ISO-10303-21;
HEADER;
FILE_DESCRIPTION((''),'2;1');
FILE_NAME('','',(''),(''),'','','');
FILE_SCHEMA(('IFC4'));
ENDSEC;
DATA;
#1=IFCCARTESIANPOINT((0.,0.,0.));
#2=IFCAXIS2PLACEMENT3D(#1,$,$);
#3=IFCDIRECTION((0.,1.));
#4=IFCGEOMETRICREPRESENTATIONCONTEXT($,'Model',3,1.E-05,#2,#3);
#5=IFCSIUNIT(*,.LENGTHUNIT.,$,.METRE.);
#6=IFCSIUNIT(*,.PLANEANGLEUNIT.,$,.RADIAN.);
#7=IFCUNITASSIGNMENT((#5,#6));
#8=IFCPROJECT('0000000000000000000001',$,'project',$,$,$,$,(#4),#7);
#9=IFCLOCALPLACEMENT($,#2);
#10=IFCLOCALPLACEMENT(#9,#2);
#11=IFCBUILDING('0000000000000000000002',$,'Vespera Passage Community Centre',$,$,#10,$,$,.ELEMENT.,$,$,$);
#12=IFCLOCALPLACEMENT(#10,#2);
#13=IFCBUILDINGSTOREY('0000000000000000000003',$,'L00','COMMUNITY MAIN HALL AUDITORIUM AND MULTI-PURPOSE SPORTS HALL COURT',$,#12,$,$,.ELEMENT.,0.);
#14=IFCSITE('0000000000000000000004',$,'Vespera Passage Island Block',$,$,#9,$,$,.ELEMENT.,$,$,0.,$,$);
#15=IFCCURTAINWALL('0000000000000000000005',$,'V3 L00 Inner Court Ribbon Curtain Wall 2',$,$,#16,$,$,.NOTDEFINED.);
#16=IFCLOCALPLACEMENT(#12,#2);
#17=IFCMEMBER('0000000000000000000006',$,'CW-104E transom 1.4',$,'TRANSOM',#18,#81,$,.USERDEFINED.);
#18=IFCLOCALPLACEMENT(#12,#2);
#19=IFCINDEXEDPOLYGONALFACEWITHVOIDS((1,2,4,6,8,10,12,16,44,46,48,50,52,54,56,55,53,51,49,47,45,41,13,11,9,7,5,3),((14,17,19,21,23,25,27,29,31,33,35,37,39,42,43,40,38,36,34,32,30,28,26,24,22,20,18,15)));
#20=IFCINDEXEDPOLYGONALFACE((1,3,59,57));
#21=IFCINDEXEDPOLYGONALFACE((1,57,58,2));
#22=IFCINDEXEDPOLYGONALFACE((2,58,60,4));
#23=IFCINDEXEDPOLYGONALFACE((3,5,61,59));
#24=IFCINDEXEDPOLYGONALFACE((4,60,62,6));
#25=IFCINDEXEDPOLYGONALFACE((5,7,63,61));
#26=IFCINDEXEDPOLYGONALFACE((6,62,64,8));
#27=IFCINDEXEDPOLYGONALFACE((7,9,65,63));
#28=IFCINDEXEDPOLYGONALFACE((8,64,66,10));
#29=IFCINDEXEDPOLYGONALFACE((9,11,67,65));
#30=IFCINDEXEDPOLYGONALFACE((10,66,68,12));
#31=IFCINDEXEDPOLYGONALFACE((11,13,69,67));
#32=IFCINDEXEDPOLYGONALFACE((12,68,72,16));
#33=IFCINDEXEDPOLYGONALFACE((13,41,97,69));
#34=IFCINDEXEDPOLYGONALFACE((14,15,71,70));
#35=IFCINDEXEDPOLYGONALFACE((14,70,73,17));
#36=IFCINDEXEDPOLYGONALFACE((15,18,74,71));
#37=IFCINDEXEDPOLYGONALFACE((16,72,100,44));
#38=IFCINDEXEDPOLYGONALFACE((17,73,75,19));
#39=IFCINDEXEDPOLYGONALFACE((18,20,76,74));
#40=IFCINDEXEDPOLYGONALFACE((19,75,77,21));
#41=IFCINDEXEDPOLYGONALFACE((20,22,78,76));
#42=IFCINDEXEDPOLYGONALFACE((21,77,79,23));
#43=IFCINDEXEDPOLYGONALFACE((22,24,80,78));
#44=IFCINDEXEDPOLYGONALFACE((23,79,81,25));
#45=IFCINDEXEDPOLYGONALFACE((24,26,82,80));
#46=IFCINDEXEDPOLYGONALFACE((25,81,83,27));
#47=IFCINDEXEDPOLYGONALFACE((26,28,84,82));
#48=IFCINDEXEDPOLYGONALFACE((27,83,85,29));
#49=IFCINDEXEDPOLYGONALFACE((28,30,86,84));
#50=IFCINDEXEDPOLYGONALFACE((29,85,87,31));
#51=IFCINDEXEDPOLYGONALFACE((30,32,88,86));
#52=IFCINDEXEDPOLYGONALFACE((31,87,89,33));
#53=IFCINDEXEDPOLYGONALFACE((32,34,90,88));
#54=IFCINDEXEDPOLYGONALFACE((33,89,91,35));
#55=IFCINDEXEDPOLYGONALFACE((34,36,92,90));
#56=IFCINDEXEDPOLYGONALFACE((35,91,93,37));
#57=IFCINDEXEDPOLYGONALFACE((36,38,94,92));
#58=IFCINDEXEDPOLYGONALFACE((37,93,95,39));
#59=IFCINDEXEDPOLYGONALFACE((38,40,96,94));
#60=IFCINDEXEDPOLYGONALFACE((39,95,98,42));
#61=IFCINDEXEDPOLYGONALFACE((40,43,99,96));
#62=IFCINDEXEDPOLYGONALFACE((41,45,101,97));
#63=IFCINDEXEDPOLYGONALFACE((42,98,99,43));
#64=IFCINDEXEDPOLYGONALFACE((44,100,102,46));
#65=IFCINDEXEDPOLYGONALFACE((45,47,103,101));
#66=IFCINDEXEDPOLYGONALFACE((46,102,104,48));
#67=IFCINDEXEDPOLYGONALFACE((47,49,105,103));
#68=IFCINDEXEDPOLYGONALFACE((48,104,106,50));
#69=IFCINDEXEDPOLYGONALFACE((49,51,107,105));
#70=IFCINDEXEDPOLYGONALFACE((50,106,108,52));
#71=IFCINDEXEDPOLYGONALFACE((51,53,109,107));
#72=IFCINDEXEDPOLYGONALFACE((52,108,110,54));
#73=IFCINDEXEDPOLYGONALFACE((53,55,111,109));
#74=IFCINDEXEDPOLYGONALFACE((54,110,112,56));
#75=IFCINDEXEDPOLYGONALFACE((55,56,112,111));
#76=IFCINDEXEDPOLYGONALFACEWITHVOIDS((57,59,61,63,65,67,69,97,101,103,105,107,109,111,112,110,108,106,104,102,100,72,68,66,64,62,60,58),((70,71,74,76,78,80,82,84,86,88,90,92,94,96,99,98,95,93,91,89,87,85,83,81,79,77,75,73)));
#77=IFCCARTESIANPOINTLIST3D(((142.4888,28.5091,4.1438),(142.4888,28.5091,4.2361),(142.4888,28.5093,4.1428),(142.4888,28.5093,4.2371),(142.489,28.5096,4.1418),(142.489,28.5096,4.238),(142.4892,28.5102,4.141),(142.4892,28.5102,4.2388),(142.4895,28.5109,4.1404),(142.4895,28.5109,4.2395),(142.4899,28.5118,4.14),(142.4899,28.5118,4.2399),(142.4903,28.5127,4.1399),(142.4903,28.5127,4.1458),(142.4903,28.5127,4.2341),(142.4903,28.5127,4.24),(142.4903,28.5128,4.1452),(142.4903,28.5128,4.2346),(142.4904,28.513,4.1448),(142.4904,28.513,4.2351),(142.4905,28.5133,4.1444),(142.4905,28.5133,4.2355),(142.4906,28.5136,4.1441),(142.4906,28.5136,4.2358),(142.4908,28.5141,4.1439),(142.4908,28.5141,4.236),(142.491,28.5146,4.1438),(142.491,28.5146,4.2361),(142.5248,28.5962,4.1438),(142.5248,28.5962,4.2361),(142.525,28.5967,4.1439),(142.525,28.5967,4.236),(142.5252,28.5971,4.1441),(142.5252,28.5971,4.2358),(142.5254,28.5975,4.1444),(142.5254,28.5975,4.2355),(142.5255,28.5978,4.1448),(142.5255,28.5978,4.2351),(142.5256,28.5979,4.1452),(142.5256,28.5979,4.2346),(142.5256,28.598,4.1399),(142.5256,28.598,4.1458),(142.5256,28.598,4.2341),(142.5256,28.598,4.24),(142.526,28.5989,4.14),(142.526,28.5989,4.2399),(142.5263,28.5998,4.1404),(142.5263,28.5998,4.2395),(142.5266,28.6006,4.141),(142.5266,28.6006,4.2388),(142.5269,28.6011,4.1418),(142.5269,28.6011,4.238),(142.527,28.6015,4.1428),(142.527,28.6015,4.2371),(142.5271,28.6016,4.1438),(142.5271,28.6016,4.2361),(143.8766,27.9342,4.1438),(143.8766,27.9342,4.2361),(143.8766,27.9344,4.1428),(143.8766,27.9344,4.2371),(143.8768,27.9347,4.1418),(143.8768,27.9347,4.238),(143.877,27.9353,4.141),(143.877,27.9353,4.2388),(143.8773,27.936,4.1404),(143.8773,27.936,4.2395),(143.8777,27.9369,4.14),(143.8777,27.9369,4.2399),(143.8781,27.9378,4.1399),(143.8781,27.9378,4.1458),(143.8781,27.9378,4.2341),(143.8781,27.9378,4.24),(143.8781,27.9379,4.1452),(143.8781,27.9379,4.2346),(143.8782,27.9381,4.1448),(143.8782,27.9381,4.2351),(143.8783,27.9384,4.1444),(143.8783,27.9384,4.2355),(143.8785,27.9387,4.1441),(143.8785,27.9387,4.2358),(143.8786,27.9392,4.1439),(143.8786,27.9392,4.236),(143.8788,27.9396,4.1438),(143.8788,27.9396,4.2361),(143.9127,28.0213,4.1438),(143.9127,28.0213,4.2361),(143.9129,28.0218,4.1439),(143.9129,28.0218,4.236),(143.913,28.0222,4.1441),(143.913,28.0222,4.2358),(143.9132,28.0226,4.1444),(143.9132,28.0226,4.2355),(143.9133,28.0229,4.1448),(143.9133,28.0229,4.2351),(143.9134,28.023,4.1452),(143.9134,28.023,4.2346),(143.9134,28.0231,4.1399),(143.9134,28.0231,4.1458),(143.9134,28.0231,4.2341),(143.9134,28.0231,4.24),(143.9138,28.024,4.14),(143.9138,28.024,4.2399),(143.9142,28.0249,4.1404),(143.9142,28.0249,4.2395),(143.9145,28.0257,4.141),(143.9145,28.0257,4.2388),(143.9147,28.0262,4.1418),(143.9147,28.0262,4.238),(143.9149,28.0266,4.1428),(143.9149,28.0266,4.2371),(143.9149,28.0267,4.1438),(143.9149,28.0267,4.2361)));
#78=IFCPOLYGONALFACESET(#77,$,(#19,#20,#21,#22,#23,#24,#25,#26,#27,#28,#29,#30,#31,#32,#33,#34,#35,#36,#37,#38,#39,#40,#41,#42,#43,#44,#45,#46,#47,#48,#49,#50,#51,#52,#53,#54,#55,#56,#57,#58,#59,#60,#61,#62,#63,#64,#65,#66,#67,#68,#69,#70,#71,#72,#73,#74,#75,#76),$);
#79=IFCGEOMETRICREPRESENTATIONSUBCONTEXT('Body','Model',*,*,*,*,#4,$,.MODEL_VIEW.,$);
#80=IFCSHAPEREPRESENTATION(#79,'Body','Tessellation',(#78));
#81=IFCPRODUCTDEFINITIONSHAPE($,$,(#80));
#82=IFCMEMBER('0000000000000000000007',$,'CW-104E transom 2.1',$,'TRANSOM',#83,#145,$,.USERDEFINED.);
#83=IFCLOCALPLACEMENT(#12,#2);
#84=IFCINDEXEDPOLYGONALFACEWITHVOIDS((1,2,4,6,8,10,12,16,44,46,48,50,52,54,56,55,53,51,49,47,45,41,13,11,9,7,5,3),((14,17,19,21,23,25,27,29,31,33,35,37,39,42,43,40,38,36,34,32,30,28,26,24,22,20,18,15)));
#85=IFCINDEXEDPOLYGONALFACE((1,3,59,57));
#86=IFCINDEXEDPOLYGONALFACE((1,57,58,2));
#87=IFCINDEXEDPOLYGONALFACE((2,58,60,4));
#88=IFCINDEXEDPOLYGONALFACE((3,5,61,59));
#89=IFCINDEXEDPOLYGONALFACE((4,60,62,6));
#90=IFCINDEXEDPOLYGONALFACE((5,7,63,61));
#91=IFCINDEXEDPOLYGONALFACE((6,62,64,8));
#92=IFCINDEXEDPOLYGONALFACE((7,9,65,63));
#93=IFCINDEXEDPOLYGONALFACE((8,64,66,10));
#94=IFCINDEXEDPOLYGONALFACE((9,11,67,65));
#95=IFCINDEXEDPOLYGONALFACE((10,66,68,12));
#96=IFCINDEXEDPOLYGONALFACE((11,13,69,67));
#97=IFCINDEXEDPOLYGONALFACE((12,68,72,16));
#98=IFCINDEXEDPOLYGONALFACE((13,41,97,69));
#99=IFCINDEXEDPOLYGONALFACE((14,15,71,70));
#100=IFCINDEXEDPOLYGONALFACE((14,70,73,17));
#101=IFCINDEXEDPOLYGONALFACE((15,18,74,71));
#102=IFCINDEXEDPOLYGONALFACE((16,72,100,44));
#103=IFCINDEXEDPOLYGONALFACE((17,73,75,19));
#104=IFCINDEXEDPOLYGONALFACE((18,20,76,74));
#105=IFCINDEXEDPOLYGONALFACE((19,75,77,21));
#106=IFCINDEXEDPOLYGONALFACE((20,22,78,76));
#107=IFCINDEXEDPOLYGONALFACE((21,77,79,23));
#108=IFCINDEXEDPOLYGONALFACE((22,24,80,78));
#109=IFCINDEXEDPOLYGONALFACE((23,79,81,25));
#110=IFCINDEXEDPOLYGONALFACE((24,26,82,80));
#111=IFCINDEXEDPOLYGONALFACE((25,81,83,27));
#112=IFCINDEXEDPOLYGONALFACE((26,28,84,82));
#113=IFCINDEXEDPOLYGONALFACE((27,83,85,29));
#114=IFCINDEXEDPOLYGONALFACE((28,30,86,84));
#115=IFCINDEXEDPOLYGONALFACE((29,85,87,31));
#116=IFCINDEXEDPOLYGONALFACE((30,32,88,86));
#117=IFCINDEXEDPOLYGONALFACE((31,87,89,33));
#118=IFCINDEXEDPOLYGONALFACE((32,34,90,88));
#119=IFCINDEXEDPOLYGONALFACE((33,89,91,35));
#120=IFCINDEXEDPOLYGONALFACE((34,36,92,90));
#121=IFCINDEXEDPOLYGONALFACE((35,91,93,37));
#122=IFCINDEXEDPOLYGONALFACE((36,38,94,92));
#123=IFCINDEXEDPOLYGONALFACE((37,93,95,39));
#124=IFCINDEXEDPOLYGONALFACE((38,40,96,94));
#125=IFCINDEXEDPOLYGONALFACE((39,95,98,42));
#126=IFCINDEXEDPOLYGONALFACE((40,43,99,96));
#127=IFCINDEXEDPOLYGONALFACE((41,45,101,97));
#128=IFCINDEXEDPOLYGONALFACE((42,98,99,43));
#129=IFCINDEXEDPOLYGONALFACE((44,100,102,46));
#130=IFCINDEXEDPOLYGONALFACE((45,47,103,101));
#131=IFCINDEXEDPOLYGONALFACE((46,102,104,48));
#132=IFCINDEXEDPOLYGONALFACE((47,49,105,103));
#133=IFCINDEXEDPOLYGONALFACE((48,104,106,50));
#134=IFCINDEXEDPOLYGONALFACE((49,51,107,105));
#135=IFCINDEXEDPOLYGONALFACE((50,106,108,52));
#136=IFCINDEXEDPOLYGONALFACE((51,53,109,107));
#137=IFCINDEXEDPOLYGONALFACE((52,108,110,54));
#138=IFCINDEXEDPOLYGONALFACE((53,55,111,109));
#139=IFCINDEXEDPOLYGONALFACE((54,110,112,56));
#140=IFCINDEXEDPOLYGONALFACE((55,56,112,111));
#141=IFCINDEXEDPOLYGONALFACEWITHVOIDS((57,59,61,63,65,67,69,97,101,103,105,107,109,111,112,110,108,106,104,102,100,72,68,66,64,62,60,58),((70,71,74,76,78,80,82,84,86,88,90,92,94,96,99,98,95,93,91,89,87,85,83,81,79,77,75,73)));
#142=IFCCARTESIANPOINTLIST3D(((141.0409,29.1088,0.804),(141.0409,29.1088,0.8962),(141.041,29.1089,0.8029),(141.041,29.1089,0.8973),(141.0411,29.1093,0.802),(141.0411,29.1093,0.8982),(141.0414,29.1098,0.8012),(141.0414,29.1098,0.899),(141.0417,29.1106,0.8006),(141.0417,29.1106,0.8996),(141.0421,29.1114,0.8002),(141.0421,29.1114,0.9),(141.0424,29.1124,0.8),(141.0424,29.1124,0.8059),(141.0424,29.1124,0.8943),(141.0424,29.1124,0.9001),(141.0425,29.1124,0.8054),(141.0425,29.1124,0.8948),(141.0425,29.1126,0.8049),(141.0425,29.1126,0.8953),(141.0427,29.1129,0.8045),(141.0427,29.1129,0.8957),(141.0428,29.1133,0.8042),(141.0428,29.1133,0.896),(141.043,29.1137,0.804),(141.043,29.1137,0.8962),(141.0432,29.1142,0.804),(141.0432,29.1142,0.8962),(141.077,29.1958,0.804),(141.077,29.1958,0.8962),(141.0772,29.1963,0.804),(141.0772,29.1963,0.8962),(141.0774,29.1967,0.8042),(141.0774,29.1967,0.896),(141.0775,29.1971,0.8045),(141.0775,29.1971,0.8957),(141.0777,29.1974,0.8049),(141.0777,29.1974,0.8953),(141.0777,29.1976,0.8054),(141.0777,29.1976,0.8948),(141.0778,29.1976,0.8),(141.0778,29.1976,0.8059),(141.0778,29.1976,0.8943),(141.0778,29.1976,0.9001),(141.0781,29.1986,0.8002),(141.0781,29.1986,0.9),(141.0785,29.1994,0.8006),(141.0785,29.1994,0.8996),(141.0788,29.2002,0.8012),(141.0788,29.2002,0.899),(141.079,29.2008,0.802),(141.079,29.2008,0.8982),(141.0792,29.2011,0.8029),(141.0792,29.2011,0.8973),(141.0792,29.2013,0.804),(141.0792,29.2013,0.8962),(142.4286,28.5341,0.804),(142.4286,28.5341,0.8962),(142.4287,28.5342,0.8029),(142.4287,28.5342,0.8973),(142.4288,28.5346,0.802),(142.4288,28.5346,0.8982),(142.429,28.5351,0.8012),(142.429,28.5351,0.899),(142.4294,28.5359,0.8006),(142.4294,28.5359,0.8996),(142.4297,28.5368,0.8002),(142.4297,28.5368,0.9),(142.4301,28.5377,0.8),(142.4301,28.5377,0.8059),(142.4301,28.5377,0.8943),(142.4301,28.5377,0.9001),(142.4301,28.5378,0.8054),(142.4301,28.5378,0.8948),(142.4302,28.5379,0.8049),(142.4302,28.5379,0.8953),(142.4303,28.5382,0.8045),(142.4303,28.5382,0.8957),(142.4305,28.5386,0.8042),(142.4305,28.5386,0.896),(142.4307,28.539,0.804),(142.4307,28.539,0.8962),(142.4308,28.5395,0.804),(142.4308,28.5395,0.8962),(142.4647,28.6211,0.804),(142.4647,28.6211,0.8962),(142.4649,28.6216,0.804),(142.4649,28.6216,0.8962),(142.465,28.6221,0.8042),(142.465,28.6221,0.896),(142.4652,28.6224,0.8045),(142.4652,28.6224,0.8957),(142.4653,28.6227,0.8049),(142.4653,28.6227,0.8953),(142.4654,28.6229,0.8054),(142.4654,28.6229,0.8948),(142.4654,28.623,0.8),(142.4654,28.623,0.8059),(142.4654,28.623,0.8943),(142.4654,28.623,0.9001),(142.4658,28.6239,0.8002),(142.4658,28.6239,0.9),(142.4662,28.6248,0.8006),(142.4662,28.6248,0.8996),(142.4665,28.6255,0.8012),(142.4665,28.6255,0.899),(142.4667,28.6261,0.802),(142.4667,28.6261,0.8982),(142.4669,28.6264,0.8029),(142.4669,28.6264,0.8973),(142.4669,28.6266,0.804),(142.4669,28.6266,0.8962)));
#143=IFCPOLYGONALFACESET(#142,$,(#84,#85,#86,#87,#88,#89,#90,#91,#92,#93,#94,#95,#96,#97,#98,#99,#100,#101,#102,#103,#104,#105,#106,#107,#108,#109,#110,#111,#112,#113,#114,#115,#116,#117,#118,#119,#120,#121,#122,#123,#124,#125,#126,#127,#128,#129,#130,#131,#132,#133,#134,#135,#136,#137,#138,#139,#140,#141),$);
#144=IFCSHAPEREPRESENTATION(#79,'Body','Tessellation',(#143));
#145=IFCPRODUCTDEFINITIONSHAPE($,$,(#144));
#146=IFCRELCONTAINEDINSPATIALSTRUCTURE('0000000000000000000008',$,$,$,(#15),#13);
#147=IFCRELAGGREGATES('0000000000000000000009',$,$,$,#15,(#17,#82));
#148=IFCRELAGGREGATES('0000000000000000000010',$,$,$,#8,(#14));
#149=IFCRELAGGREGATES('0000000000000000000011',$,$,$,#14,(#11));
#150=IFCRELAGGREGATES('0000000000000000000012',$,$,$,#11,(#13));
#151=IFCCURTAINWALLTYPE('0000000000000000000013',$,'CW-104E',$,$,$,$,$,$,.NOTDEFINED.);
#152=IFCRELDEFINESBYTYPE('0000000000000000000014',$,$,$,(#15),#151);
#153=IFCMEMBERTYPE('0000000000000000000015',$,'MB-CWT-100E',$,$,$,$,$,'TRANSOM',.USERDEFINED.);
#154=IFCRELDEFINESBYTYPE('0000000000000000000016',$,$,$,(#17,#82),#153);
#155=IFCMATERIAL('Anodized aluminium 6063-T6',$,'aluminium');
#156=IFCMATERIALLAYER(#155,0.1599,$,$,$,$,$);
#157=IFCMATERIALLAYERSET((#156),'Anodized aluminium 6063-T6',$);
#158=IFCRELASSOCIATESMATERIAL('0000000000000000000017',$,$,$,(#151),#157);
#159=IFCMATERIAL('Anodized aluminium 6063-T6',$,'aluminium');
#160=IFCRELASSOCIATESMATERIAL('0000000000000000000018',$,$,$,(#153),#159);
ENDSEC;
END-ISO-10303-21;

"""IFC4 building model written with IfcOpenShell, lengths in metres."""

from ifc_helpers import new_model, si_unit, direction, frame, origin, origin_2d, place, context, subcontext, project, spatial, hollow_rectangle, extrude, material, layer, layer_set, material_profile, profile_set, type_object, element, aggregate, save


model = new_model("IFC4")

# Units and contexts
model_context = context("Model", 3, precision=1e-05, world=origin(), true_north=direction((0.0, 1.0)))
body_context = subcontext(model_context, "Body", "Model", "MODEL_VIEW")
ifc_project = project(units=[si_unit("LENGTHUNIT", "METRE"), si_unit("PLANEANGLEUNIT", "RADIAN")], contexts=[model_context])

# Site, building, storey
site_placement = place(None, origin())
site = spatial("IfcSite", under=ifc_project, at=site_placement, Name="Vespera Passage Island Block", CompositionType="ELEMENT", RefElevation=0.0)
building_placement = place(site_placement, origin())
building = spatial("IfcBuilding", under=site, at=building_placement, Name="Vespera Passage Community Centre", CompositionType="ELEMENT")
storey_placement = place(building_placement, origin())
storey = spatial("IfcBuildingStorey", under=building, at=storey_placement, Name="L00", Description="COMMUNITY MAIN HALL AUDITORIUM AND MULTI-PURPOSE SPORTS HALL COURT", CompositionType="ELEMENT", Elevation=0.0)

# Curtain wall
ifc_material_1 = material(Name="Anodized aluminium 6063-T6", Category="aluminium")
ifc_layer_1 = layer(ifc_material_1, 0.1599)
ifc_layer_set_1 = layer_set([ifc_layer_1], Name="Anodized aluminium 6063-T6")
curtain_wall_type = type_object("IfcCurtainWallType", Name="CW-104E", PredefinedType="NOTDEFINED", material=ifc_layer_set_1)
curtain_wall_1_placement = place(storey_placement, origin())
curtain_wall_1 = element("IfcCurtainWall", 1, at=curtain_wall_1_placement, inside=storey, type_object=curtain_wall_type, Name="V3 L00 Inner Court Ribbon Curtain Wall 2", PredefinedType="NOTDEFINED")

# Members
ifc_material_2 = material(Name="Anodized aluminium 6063-T6", Category="aluminium")
ifc_material_profile_1 = material_profile(ifc_material_2, hollow_rectangle(XDim=0.1001, YDim=0.1001, WallThickness=0.0039, InnerFilletRadius=0.002, OuterFilletRadius=0.0039, at=origin_2d()), Name="ALU100X100X4")
ifc_profile_set_1 = profile_set([ifc_material_profile_1], Name="Anodized aluminium 6063-T6")
member_type_1 = type_object("IfcMemberType", Name="MB-CWT-100E", ElementType="TRANSOM", PredefinedType="USERDEFINED", material=ifc_profile_set_1)
member_1_placement = place(storey_placement, frame((143.8958, 27.9805, 4.1899), z_axis=(-0.923868, 0.382711, 0.0), x_axis=(-0.382711, -0.923868, 0.0)))
member_1 = element("IfcMember", 2, at=member_1_placement, type_object=member_type_1, Name="CW-104E transom 1.4", ObjectType="TRANSOM", PredefinedType="USERDEFINED", context=body_context, shape_type="SweptSolid", body=[
    extrude(hollow_rectangle(XDim=0.1001, YDim=0.1001, WallThickness=0.0039, InnerFilletRadius=0.002, OuterFilletRadius=0.0039, at=origin_2d()), origin(), (0.0, 0.0, 1.0), 1.5022),
])
member_2_placement = place(storey_placement, frame((142.4478, 28.5803, 0.8501), z_axis=(-0.923902, 0.382629, 0.0), x_axis=(-0.382629, -0.923902, 0.0)))
member_2 = element("IfcMember", 3, at=member_2_placement, type_object=member_type_1, Name="CW-104E transom 2.1", ObjectType="TRANSOM", PredefinedType="USERDEFINED", context=body_context, shape_type="SweptSolid", body=[
    extrude(hollow_rectangle(XDim=0.1001, YDim=0.1001, WallThickness=0.0039, InnerFilletRadius=0.002, OuterFilletRadius=0.0039, at=origin_2d()), origin(), (0.0, 0.0, 1.0), 1.502),
])

aggregate(curtain_wall_1, [member_1, member_2])

save(model, "model.ifc")
